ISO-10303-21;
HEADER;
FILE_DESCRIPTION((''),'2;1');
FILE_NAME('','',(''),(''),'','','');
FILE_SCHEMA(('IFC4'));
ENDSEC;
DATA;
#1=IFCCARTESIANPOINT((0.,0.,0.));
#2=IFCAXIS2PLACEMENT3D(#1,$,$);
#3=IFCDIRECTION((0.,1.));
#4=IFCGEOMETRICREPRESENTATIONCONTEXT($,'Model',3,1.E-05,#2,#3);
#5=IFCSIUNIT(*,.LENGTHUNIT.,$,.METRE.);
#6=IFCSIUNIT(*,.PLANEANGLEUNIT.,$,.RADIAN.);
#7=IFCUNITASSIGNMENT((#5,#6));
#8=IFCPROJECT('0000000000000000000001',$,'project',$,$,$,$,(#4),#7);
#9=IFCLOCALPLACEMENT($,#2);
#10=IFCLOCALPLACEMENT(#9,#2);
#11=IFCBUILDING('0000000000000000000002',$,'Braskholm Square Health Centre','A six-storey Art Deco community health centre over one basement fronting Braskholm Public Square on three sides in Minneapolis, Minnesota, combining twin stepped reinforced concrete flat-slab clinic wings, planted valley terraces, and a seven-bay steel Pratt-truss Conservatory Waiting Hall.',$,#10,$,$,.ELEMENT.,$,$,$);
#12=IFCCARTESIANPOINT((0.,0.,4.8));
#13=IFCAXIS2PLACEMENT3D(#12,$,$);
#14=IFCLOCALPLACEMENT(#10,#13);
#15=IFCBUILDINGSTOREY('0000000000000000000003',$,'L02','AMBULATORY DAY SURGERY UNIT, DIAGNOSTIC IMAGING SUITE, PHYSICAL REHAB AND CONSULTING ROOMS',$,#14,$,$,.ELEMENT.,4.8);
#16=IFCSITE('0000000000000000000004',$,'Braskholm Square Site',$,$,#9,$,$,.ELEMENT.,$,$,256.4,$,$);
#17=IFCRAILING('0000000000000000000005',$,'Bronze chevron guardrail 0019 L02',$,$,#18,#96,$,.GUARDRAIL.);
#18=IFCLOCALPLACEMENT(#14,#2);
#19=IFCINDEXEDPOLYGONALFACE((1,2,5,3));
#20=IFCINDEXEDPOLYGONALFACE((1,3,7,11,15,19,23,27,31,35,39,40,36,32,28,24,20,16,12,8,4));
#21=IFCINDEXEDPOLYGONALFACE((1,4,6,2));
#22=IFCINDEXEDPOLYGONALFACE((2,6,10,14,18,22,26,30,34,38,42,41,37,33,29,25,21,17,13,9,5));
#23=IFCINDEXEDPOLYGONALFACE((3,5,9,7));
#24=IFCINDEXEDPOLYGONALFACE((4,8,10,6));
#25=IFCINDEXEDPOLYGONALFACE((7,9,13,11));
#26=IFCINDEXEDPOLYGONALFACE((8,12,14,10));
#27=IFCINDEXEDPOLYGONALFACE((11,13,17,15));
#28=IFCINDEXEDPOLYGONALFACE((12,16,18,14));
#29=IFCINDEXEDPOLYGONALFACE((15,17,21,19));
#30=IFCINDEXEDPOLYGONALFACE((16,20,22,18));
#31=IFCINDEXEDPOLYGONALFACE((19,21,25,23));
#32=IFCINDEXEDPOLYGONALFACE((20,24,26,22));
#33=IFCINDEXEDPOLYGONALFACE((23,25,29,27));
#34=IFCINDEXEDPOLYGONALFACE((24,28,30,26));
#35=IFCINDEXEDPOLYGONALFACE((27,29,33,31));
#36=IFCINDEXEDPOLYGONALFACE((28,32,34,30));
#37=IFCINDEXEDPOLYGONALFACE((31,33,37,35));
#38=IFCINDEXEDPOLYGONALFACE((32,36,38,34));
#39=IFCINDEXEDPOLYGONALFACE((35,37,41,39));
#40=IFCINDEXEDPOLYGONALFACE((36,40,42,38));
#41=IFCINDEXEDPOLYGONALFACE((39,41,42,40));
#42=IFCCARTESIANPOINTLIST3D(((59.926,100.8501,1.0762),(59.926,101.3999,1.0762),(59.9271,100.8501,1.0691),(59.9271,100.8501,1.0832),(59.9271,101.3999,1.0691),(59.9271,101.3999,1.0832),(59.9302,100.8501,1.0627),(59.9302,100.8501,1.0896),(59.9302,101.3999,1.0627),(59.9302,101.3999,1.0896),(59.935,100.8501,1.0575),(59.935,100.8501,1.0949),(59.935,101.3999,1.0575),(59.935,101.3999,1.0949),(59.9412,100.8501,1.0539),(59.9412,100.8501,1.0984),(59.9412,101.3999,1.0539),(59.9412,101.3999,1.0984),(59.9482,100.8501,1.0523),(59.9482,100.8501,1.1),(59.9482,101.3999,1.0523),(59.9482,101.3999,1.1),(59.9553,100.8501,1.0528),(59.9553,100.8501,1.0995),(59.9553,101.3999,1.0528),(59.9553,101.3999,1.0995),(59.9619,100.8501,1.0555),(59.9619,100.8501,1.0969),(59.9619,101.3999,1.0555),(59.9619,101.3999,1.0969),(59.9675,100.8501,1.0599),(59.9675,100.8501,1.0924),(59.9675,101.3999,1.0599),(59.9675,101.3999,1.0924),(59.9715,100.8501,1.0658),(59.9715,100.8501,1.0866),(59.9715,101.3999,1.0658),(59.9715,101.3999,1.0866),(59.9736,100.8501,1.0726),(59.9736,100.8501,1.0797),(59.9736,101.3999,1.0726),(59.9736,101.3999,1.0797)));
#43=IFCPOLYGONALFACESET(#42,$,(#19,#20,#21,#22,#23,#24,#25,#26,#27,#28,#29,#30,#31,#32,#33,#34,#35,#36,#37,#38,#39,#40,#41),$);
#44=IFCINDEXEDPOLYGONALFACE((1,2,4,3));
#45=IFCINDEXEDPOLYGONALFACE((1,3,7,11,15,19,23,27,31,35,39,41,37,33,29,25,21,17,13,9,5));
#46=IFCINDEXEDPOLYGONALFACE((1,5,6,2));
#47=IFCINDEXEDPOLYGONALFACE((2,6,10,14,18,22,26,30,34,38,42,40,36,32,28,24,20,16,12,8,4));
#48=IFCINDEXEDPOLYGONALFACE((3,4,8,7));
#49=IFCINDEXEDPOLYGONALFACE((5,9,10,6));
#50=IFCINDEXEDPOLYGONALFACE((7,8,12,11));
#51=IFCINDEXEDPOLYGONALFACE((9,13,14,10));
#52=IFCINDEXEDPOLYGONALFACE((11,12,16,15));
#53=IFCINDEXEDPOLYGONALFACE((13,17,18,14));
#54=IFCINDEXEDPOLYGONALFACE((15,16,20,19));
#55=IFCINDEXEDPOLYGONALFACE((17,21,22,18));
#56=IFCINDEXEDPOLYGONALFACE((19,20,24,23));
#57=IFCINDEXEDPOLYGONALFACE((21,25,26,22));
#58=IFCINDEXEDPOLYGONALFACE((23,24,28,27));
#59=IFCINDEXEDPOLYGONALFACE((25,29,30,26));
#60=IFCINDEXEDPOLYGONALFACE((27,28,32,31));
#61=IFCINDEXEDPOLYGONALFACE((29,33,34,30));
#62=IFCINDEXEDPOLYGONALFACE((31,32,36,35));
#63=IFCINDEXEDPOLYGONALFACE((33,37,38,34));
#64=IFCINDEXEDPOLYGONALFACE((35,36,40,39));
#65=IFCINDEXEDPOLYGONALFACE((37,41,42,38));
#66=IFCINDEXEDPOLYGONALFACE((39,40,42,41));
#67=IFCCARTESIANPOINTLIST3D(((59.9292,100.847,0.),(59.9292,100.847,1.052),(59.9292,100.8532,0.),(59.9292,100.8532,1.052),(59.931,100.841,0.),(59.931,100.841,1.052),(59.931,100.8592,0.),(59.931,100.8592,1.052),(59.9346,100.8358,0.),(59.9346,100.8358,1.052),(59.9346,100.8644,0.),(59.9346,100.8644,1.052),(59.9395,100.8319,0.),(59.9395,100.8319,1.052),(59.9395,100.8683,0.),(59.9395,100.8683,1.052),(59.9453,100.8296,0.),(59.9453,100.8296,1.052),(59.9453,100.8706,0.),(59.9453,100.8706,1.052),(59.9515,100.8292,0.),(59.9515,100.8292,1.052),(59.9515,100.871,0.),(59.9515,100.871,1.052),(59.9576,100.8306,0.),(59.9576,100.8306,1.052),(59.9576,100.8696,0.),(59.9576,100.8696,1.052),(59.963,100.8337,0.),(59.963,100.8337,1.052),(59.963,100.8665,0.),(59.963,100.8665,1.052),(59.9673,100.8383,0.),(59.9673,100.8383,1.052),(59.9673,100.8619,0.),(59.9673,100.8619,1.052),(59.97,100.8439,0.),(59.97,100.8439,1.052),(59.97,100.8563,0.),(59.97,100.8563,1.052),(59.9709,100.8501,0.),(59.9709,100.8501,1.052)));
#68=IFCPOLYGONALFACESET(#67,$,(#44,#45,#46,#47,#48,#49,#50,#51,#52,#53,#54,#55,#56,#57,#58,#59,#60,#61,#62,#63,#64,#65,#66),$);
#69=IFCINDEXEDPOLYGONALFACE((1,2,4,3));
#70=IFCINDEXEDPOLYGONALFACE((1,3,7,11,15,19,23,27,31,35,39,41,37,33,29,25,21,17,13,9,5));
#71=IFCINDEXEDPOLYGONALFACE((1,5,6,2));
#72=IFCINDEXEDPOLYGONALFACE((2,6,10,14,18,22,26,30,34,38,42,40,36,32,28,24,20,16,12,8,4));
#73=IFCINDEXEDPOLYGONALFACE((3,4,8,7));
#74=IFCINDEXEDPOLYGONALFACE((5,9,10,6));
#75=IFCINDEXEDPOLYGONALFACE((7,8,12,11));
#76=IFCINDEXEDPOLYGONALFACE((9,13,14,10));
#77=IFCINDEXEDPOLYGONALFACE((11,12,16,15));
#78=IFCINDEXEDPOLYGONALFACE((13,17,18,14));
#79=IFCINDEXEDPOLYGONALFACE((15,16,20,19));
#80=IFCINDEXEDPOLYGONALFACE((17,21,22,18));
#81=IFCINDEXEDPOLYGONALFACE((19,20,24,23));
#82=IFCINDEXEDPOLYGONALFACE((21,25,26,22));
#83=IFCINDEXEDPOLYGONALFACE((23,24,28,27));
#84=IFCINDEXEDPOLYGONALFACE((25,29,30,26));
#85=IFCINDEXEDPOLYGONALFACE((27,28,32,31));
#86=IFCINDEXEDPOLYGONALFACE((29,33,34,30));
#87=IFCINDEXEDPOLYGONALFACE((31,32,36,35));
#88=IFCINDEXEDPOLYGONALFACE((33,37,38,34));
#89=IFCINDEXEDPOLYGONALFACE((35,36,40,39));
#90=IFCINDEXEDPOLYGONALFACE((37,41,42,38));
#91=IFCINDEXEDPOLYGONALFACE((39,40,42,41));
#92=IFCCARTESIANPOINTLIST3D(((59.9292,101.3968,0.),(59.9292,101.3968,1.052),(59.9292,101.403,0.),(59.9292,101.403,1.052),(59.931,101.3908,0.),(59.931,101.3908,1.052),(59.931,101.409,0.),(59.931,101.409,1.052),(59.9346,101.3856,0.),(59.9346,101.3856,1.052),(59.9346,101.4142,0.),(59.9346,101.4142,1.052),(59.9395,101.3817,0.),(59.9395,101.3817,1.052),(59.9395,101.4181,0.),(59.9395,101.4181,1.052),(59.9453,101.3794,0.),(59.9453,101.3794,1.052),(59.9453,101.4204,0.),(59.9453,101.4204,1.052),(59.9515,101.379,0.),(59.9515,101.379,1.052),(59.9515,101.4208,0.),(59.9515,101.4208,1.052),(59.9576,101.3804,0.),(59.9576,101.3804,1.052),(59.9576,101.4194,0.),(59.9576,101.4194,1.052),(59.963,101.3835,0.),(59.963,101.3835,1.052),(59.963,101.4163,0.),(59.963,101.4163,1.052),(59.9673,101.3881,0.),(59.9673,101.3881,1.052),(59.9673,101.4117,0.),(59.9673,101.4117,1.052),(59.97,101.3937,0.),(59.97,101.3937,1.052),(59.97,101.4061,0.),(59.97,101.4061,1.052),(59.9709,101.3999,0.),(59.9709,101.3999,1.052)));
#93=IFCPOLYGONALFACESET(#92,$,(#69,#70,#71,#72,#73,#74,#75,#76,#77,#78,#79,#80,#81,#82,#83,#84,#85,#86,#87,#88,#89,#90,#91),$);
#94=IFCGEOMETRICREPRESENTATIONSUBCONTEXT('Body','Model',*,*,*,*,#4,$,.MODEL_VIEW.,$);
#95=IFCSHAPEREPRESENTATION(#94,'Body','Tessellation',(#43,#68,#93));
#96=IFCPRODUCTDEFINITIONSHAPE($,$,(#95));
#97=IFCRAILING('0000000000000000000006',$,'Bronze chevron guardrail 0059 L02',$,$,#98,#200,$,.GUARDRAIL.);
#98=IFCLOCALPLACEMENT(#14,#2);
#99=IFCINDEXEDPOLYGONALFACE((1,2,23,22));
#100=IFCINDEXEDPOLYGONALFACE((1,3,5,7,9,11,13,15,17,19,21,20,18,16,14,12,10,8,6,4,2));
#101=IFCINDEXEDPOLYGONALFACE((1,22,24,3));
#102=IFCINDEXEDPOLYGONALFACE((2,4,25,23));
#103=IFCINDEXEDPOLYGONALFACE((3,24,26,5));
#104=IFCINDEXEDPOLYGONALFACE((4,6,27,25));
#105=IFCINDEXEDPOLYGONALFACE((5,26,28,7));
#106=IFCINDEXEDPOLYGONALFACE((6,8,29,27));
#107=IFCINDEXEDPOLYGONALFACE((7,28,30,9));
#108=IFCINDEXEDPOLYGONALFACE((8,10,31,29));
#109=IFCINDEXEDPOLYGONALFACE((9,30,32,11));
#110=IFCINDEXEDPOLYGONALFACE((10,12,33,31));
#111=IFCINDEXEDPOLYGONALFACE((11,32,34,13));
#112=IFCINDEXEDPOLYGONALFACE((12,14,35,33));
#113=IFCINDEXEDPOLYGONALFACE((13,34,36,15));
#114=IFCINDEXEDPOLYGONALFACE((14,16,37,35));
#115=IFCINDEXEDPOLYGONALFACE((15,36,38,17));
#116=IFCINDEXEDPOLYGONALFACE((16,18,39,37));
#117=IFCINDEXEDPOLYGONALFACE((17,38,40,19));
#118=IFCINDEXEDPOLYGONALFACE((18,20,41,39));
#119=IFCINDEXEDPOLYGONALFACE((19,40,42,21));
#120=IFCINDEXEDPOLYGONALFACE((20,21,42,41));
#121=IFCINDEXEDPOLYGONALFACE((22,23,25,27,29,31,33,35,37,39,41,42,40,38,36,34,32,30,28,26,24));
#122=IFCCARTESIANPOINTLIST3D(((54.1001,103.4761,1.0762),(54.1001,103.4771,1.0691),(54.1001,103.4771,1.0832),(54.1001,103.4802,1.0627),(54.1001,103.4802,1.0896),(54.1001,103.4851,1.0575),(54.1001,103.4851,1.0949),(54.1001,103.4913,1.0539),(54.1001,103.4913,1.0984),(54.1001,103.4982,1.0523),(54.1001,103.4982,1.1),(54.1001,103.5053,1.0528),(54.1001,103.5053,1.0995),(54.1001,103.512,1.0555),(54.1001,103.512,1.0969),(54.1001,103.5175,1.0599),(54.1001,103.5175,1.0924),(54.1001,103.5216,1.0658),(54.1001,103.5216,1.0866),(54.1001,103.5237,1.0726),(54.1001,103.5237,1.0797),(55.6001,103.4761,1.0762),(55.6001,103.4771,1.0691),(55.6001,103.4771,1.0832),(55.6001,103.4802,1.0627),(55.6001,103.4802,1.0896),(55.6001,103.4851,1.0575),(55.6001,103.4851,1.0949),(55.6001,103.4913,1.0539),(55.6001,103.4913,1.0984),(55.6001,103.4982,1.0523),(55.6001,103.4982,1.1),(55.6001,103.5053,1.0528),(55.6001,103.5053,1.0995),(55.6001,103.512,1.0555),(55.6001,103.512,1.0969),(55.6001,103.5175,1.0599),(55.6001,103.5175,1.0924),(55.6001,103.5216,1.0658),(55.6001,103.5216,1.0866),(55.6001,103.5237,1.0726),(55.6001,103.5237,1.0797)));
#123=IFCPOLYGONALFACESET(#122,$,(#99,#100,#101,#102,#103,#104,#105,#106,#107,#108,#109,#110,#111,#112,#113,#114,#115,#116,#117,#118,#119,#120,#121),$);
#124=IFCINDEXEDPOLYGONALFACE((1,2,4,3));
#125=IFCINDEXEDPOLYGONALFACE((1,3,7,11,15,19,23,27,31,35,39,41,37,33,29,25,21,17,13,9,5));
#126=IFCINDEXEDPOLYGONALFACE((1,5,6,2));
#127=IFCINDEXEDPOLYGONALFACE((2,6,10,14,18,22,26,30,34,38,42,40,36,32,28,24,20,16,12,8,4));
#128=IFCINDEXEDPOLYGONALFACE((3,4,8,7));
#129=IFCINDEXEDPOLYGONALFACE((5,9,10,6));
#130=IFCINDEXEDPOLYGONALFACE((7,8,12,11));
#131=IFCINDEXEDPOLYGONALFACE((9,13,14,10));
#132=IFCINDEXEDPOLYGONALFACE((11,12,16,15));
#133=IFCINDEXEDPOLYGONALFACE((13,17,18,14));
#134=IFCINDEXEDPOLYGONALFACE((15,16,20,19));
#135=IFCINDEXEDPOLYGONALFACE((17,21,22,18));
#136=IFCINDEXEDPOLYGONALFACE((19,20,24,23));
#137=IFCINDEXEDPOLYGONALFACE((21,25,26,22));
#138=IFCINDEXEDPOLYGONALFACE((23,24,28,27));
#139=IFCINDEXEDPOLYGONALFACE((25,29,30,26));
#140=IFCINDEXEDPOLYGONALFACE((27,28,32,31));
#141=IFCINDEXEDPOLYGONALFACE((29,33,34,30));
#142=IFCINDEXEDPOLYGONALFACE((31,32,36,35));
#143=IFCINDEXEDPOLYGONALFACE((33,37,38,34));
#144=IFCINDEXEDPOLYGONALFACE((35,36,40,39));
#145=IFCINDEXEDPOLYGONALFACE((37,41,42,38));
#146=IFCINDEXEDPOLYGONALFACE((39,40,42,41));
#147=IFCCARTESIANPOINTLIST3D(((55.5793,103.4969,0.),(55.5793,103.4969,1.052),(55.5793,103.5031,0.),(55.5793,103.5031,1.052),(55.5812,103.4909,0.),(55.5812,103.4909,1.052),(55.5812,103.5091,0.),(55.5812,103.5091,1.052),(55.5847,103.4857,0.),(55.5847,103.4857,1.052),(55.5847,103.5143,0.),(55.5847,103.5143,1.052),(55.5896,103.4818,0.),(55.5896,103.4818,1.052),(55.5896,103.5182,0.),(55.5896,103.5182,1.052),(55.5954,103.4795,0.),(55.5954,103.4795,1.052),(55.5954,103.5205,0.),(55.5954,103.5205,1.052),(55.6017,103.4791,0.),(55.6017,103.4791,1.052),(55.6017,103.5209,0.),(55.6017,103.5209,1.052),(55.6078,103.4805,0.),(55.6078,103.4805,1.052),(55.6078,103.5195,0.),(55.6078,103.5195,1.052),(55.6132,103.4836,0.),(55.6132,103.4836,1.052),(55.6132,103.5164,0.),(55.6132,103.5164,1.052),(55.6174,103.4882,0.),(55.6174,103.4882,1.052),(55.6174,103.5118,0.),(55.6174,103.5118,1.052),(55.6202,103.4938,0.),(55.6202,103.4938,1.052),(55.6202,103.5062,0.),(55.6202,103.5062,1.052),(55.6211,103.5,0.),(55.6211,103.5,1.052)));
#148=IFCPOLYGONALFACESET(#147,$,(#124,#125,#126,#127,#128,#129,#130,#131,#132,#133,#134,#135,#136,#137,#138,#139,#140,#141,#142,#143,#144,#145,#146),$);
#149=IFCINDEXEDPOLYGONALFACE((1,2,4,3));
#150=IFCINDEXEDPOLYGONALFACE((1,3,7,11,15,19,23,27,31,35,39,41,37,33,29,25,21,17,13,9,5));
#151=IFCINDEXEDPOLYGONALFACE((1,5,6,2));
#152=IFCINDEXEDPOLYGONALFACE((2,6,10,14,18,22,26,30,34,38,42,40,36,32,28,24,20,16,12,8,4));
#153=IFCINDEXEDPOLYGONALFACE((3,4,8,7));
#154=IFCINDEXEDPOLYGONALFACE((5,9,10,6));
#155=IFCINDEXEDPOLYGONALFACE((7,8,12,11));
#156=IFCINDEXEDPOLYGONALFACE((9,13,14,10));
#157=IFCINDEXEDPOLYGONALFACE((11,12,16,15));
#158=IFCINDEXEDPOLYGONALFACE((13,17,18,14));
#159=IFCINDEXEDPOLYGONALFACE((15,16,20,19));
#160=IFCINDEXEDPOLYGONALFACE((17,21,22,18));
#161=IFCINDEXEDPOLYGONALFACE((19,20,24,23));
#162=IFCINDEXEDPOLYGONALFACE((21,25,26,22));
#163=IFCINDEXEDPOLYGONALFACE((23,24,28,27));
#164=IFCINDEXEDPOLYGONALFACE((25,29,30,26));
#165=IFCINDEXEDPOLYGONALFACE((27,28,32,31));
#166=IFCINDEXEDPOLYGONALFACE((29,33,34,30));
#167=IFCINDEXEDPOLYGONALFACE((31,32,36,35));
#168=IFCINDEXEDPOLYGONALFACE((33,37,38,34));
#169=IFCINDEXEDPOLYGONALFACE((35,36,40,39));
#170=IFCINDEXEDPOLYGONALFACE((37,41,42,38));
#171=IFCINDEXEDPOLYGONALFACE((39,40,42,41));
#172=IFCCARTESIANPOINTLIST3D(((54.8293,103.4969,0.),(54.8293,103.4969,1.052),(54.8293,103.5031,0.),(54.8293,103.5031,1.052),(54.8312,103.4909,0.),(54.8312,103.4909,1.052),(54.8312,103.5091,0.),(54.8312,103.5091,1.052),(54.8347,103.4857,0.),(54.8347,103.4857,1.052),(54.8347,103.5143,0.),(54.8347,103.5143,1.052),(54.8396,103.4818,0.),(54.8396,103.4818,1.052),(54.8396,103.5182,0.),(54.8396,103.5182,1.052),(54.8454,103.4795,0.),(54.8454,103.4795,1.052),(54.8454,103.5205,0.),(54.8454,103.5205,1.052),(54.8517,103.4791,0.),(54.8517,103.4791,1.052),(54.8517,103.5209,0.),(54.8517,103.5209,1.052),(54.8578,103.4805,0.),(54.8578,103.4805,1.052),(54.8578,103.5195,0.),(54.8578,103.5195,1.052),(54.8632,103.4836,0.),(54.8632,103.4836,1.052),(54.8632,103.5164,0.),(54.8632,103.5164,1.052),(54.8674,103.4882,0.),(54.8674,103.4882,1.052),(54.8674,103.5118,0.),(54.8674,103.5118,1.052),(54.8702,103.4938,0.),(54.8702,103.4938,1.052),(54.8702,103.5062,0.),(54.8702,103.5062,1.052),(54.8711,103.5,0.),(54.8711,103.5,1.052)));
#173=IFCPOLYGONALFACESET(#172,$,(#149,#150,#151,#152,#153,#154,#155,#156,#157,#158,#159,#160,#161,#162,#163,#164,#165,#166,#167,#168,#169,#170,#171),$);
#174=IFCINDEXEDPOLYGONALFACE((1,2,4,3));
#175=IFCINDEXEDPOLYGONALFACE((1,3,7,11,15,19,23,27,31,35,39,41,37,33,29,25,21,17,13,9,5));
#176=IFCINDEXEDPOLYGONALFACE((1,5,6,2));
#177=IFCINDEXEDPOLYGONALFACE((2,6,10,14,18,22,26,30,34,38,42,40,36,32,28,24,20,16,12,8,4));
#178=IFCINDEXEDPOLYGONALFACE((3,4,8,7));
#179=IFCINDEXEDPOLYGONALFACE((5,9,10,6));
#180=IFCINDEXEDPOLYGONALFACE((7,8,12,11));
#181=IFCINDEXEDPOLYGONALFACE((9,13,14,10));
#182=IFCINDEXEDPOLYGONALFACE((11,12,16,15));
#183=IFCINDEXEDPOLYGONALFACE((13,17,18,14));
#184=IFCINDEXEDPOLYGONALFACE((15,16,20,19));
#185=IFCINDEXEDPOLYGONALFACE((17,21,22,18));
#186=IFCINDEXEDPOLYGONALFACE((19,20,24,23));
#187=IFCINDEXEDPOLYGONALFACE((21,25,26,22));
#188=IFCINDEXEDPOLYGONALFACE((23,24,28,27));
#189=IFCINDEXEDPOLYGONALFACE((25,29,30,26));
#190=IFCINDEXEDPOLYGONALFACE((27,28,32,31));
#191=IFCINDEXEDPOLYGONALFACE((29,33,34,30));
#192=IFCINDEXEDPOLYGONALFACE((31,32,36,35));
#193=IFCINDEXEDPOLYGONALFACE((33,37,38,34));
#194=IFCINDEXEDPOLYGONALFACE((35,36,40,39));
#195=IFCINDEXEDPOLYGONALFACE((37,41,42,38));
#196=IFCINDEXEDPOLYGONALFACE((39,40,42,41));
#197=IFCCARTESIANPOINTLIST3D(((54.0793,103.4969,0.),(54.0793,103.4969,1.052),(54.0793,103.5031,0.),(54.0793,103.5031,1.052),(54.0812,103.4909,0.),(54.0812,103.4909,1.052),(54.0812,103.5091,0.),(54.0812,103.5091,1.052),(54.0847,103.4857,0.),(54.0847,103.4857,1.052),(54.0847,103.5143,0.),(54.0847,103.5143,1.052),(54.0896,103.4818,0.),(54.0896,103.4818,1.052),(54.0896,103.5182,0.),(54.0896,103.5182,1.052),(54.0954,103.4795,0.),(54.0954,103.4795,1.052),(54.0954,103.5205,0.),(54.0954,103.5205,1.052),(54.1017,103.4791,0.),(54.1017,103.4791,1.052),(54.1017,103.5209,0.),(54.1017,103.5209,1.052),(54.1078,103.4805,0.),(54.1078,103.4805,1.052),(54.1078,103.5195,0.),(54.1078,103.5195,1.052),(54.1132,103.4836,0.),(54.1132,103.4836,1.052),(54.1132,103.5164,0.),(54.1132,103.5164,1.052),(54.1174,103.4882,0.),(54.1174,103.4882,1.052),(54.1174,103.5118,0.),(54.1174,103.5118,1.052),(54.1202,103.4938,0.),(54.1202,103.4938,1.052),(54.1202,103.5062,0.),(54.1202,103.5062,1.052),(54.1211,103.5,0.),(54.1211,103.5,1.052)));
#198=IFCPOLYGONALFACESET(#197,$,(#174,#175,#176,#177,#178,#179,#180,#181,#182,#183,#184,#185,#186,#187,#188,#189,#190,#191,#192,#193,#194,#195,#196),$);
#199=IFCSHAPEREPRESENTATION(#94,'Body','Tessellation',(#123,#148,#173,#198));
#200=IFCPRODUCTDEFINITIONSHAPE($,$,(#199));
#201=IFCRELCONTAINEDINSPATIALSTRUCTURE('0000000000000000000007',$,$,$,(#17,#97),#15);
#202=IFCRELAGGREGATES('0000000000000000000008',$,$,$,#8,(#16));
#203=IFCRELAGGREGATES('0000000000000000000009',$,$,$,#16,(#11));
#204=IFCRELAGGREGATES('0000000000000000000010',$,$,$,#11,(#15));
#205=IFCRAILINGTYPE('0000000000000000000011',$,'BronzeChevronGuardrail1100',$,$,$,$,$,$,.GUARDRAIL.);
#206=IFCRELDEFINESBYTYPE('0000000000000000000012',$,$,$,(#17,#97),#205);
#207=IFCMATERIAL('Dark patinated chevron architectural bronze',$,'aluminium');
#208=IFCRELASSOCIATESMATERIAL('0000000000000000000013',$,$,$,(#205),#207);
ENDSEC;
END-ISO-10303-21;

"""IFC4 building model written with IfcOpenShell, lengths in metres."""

from ifc_helpers import new_model, si_unit, direction, frame, origin, origin_2d, place, context, subcontext, project, spatial, circle, extrude, material, type_object, element, save


model = new_model("IFC4")

# Units and contexts
model_context = context("Model", 3, precision=1e-05, world=origin(), true_north=direction((0.0, 1.0)))
body_context = subcontext(model_context, "Body", "Model", "MODEL_VIEW")
ifc_project = project(units=[si_unit("LENGTHUNIT", "METRE"), si_unit("PLANEANGLEUNIT", "RADIAN")], contexts=[model_context])

# Site, building, storey
site_placement = place(None, origin())
site = spatial("IfcSite", under=ifc_project, at=site_placement, Name="Braskholm Square Site", CompositionType="ELEMENT", RefElevation=256.4)
building_placement = place(site_placement, origin())
building = spatial("IfcBuilding", under=site, at=building_placement, Name="Braskholm Square Health Centre", Description="A six-storey Art Deco community health centre over one basement fronting Braskholm Public Square on three sides in Minneapolis, Minnesota, combining twin stepped reinforced concrete flat-slab clinic wings, planted valley terraces, and a seven-bay steel Pratt-truss Conservatory Waiting Hall.", CompositionType="ELEMENT")
storey_placement = place(building_placement, frame((0.0, 0.0, 4.8)))
storey = spatial("IfcBuildingStorey", under=building, at=storey_placement, Name="L02", Description="AMBULATORY DAY SURGERY UNIT, DIAGNOSTIC IMAGING SUITE, PHYSICAL REHAB AND CONSULTING ROOMS", CompositionType="ELEMENT", Elevation=4.8)

# Railings
ifc_material_1 = material(Name="Dark patinated chevron architectural bronze", Category="aluminium")
railing_type_1 = type_object("IfcRailingType", Name="BronzeChevronGuardrail1100", PredefinedType="GUARDRAIL", material=ifc_material_1)
railing_1_placement = place(storey_placement, frame((59.95, 100.8501, 0.0)))
element("IfcRailing", 1, at=railing_1_placement, inside=storey, type_object=railing_type_1, Name="Bronze chevron guardrail 0019 L02", PredefinedType="GUARDRAIL", context=body_context, shape_type="SweptSolid", body=[
    extrude(circle(Radius=0.0239, at=origin_2d()), frame((0.0, 0.0, 1.0762), z_axis=(0.0, 1.0, 0.0), x_axis=(-1.0, 0.0, 0.0)), (0.0, 0.0, 1.0), 0.5498),
    extrude(circle(Radius=0.021, at=origin_2d()), origin(), (0.0, 0.0, 1.0), 1.052),
    extrude(circle(Radius=0.021, at=origin_2d()), frame((0.0, 0.5498, 0.0)), (0.0, 0.0, 1.0), 1.052),
])
railing_2_placement = place(storey_placement, frame((55.6001, 103.5, 0.0)))
element("IfcRailing", 2, at=railing_2_placement, inside=storey, type_object=railing_type_1, Name="Bronze chevron guardrail 0059 L02", PredefinedType="GUARDRAIL", context=body_context, shape_type="SweptSolid", body=[
    extrude(circle(Radius=0.0239, at=origin_2d()), frame((0.0, 0.0, 1.0762), z_axis=(-1.0, 0.0, 0.0), x_axis=(0.0, -1.0, 0.0)), (0.0, 0.0, 1.0), 1.5),
    extrude(circle(Radius=0.021, at=origin_2d()), origin(), (0.0, 0.0, 1.0), 1.052),
    extrude(circle(Radius=0.021, at=origin_2d()), frame((-0.75, 0.0, 0.0)), (0.0, 0.0, 1.0), 1.052),
    extrude(circle(Radius=0.021, at=origin_2d()), frame((-1.5, 0.0, 0.0)), (0.0, 0.0, 1.0), 1.052),
])

save(model, "model.ifc")
